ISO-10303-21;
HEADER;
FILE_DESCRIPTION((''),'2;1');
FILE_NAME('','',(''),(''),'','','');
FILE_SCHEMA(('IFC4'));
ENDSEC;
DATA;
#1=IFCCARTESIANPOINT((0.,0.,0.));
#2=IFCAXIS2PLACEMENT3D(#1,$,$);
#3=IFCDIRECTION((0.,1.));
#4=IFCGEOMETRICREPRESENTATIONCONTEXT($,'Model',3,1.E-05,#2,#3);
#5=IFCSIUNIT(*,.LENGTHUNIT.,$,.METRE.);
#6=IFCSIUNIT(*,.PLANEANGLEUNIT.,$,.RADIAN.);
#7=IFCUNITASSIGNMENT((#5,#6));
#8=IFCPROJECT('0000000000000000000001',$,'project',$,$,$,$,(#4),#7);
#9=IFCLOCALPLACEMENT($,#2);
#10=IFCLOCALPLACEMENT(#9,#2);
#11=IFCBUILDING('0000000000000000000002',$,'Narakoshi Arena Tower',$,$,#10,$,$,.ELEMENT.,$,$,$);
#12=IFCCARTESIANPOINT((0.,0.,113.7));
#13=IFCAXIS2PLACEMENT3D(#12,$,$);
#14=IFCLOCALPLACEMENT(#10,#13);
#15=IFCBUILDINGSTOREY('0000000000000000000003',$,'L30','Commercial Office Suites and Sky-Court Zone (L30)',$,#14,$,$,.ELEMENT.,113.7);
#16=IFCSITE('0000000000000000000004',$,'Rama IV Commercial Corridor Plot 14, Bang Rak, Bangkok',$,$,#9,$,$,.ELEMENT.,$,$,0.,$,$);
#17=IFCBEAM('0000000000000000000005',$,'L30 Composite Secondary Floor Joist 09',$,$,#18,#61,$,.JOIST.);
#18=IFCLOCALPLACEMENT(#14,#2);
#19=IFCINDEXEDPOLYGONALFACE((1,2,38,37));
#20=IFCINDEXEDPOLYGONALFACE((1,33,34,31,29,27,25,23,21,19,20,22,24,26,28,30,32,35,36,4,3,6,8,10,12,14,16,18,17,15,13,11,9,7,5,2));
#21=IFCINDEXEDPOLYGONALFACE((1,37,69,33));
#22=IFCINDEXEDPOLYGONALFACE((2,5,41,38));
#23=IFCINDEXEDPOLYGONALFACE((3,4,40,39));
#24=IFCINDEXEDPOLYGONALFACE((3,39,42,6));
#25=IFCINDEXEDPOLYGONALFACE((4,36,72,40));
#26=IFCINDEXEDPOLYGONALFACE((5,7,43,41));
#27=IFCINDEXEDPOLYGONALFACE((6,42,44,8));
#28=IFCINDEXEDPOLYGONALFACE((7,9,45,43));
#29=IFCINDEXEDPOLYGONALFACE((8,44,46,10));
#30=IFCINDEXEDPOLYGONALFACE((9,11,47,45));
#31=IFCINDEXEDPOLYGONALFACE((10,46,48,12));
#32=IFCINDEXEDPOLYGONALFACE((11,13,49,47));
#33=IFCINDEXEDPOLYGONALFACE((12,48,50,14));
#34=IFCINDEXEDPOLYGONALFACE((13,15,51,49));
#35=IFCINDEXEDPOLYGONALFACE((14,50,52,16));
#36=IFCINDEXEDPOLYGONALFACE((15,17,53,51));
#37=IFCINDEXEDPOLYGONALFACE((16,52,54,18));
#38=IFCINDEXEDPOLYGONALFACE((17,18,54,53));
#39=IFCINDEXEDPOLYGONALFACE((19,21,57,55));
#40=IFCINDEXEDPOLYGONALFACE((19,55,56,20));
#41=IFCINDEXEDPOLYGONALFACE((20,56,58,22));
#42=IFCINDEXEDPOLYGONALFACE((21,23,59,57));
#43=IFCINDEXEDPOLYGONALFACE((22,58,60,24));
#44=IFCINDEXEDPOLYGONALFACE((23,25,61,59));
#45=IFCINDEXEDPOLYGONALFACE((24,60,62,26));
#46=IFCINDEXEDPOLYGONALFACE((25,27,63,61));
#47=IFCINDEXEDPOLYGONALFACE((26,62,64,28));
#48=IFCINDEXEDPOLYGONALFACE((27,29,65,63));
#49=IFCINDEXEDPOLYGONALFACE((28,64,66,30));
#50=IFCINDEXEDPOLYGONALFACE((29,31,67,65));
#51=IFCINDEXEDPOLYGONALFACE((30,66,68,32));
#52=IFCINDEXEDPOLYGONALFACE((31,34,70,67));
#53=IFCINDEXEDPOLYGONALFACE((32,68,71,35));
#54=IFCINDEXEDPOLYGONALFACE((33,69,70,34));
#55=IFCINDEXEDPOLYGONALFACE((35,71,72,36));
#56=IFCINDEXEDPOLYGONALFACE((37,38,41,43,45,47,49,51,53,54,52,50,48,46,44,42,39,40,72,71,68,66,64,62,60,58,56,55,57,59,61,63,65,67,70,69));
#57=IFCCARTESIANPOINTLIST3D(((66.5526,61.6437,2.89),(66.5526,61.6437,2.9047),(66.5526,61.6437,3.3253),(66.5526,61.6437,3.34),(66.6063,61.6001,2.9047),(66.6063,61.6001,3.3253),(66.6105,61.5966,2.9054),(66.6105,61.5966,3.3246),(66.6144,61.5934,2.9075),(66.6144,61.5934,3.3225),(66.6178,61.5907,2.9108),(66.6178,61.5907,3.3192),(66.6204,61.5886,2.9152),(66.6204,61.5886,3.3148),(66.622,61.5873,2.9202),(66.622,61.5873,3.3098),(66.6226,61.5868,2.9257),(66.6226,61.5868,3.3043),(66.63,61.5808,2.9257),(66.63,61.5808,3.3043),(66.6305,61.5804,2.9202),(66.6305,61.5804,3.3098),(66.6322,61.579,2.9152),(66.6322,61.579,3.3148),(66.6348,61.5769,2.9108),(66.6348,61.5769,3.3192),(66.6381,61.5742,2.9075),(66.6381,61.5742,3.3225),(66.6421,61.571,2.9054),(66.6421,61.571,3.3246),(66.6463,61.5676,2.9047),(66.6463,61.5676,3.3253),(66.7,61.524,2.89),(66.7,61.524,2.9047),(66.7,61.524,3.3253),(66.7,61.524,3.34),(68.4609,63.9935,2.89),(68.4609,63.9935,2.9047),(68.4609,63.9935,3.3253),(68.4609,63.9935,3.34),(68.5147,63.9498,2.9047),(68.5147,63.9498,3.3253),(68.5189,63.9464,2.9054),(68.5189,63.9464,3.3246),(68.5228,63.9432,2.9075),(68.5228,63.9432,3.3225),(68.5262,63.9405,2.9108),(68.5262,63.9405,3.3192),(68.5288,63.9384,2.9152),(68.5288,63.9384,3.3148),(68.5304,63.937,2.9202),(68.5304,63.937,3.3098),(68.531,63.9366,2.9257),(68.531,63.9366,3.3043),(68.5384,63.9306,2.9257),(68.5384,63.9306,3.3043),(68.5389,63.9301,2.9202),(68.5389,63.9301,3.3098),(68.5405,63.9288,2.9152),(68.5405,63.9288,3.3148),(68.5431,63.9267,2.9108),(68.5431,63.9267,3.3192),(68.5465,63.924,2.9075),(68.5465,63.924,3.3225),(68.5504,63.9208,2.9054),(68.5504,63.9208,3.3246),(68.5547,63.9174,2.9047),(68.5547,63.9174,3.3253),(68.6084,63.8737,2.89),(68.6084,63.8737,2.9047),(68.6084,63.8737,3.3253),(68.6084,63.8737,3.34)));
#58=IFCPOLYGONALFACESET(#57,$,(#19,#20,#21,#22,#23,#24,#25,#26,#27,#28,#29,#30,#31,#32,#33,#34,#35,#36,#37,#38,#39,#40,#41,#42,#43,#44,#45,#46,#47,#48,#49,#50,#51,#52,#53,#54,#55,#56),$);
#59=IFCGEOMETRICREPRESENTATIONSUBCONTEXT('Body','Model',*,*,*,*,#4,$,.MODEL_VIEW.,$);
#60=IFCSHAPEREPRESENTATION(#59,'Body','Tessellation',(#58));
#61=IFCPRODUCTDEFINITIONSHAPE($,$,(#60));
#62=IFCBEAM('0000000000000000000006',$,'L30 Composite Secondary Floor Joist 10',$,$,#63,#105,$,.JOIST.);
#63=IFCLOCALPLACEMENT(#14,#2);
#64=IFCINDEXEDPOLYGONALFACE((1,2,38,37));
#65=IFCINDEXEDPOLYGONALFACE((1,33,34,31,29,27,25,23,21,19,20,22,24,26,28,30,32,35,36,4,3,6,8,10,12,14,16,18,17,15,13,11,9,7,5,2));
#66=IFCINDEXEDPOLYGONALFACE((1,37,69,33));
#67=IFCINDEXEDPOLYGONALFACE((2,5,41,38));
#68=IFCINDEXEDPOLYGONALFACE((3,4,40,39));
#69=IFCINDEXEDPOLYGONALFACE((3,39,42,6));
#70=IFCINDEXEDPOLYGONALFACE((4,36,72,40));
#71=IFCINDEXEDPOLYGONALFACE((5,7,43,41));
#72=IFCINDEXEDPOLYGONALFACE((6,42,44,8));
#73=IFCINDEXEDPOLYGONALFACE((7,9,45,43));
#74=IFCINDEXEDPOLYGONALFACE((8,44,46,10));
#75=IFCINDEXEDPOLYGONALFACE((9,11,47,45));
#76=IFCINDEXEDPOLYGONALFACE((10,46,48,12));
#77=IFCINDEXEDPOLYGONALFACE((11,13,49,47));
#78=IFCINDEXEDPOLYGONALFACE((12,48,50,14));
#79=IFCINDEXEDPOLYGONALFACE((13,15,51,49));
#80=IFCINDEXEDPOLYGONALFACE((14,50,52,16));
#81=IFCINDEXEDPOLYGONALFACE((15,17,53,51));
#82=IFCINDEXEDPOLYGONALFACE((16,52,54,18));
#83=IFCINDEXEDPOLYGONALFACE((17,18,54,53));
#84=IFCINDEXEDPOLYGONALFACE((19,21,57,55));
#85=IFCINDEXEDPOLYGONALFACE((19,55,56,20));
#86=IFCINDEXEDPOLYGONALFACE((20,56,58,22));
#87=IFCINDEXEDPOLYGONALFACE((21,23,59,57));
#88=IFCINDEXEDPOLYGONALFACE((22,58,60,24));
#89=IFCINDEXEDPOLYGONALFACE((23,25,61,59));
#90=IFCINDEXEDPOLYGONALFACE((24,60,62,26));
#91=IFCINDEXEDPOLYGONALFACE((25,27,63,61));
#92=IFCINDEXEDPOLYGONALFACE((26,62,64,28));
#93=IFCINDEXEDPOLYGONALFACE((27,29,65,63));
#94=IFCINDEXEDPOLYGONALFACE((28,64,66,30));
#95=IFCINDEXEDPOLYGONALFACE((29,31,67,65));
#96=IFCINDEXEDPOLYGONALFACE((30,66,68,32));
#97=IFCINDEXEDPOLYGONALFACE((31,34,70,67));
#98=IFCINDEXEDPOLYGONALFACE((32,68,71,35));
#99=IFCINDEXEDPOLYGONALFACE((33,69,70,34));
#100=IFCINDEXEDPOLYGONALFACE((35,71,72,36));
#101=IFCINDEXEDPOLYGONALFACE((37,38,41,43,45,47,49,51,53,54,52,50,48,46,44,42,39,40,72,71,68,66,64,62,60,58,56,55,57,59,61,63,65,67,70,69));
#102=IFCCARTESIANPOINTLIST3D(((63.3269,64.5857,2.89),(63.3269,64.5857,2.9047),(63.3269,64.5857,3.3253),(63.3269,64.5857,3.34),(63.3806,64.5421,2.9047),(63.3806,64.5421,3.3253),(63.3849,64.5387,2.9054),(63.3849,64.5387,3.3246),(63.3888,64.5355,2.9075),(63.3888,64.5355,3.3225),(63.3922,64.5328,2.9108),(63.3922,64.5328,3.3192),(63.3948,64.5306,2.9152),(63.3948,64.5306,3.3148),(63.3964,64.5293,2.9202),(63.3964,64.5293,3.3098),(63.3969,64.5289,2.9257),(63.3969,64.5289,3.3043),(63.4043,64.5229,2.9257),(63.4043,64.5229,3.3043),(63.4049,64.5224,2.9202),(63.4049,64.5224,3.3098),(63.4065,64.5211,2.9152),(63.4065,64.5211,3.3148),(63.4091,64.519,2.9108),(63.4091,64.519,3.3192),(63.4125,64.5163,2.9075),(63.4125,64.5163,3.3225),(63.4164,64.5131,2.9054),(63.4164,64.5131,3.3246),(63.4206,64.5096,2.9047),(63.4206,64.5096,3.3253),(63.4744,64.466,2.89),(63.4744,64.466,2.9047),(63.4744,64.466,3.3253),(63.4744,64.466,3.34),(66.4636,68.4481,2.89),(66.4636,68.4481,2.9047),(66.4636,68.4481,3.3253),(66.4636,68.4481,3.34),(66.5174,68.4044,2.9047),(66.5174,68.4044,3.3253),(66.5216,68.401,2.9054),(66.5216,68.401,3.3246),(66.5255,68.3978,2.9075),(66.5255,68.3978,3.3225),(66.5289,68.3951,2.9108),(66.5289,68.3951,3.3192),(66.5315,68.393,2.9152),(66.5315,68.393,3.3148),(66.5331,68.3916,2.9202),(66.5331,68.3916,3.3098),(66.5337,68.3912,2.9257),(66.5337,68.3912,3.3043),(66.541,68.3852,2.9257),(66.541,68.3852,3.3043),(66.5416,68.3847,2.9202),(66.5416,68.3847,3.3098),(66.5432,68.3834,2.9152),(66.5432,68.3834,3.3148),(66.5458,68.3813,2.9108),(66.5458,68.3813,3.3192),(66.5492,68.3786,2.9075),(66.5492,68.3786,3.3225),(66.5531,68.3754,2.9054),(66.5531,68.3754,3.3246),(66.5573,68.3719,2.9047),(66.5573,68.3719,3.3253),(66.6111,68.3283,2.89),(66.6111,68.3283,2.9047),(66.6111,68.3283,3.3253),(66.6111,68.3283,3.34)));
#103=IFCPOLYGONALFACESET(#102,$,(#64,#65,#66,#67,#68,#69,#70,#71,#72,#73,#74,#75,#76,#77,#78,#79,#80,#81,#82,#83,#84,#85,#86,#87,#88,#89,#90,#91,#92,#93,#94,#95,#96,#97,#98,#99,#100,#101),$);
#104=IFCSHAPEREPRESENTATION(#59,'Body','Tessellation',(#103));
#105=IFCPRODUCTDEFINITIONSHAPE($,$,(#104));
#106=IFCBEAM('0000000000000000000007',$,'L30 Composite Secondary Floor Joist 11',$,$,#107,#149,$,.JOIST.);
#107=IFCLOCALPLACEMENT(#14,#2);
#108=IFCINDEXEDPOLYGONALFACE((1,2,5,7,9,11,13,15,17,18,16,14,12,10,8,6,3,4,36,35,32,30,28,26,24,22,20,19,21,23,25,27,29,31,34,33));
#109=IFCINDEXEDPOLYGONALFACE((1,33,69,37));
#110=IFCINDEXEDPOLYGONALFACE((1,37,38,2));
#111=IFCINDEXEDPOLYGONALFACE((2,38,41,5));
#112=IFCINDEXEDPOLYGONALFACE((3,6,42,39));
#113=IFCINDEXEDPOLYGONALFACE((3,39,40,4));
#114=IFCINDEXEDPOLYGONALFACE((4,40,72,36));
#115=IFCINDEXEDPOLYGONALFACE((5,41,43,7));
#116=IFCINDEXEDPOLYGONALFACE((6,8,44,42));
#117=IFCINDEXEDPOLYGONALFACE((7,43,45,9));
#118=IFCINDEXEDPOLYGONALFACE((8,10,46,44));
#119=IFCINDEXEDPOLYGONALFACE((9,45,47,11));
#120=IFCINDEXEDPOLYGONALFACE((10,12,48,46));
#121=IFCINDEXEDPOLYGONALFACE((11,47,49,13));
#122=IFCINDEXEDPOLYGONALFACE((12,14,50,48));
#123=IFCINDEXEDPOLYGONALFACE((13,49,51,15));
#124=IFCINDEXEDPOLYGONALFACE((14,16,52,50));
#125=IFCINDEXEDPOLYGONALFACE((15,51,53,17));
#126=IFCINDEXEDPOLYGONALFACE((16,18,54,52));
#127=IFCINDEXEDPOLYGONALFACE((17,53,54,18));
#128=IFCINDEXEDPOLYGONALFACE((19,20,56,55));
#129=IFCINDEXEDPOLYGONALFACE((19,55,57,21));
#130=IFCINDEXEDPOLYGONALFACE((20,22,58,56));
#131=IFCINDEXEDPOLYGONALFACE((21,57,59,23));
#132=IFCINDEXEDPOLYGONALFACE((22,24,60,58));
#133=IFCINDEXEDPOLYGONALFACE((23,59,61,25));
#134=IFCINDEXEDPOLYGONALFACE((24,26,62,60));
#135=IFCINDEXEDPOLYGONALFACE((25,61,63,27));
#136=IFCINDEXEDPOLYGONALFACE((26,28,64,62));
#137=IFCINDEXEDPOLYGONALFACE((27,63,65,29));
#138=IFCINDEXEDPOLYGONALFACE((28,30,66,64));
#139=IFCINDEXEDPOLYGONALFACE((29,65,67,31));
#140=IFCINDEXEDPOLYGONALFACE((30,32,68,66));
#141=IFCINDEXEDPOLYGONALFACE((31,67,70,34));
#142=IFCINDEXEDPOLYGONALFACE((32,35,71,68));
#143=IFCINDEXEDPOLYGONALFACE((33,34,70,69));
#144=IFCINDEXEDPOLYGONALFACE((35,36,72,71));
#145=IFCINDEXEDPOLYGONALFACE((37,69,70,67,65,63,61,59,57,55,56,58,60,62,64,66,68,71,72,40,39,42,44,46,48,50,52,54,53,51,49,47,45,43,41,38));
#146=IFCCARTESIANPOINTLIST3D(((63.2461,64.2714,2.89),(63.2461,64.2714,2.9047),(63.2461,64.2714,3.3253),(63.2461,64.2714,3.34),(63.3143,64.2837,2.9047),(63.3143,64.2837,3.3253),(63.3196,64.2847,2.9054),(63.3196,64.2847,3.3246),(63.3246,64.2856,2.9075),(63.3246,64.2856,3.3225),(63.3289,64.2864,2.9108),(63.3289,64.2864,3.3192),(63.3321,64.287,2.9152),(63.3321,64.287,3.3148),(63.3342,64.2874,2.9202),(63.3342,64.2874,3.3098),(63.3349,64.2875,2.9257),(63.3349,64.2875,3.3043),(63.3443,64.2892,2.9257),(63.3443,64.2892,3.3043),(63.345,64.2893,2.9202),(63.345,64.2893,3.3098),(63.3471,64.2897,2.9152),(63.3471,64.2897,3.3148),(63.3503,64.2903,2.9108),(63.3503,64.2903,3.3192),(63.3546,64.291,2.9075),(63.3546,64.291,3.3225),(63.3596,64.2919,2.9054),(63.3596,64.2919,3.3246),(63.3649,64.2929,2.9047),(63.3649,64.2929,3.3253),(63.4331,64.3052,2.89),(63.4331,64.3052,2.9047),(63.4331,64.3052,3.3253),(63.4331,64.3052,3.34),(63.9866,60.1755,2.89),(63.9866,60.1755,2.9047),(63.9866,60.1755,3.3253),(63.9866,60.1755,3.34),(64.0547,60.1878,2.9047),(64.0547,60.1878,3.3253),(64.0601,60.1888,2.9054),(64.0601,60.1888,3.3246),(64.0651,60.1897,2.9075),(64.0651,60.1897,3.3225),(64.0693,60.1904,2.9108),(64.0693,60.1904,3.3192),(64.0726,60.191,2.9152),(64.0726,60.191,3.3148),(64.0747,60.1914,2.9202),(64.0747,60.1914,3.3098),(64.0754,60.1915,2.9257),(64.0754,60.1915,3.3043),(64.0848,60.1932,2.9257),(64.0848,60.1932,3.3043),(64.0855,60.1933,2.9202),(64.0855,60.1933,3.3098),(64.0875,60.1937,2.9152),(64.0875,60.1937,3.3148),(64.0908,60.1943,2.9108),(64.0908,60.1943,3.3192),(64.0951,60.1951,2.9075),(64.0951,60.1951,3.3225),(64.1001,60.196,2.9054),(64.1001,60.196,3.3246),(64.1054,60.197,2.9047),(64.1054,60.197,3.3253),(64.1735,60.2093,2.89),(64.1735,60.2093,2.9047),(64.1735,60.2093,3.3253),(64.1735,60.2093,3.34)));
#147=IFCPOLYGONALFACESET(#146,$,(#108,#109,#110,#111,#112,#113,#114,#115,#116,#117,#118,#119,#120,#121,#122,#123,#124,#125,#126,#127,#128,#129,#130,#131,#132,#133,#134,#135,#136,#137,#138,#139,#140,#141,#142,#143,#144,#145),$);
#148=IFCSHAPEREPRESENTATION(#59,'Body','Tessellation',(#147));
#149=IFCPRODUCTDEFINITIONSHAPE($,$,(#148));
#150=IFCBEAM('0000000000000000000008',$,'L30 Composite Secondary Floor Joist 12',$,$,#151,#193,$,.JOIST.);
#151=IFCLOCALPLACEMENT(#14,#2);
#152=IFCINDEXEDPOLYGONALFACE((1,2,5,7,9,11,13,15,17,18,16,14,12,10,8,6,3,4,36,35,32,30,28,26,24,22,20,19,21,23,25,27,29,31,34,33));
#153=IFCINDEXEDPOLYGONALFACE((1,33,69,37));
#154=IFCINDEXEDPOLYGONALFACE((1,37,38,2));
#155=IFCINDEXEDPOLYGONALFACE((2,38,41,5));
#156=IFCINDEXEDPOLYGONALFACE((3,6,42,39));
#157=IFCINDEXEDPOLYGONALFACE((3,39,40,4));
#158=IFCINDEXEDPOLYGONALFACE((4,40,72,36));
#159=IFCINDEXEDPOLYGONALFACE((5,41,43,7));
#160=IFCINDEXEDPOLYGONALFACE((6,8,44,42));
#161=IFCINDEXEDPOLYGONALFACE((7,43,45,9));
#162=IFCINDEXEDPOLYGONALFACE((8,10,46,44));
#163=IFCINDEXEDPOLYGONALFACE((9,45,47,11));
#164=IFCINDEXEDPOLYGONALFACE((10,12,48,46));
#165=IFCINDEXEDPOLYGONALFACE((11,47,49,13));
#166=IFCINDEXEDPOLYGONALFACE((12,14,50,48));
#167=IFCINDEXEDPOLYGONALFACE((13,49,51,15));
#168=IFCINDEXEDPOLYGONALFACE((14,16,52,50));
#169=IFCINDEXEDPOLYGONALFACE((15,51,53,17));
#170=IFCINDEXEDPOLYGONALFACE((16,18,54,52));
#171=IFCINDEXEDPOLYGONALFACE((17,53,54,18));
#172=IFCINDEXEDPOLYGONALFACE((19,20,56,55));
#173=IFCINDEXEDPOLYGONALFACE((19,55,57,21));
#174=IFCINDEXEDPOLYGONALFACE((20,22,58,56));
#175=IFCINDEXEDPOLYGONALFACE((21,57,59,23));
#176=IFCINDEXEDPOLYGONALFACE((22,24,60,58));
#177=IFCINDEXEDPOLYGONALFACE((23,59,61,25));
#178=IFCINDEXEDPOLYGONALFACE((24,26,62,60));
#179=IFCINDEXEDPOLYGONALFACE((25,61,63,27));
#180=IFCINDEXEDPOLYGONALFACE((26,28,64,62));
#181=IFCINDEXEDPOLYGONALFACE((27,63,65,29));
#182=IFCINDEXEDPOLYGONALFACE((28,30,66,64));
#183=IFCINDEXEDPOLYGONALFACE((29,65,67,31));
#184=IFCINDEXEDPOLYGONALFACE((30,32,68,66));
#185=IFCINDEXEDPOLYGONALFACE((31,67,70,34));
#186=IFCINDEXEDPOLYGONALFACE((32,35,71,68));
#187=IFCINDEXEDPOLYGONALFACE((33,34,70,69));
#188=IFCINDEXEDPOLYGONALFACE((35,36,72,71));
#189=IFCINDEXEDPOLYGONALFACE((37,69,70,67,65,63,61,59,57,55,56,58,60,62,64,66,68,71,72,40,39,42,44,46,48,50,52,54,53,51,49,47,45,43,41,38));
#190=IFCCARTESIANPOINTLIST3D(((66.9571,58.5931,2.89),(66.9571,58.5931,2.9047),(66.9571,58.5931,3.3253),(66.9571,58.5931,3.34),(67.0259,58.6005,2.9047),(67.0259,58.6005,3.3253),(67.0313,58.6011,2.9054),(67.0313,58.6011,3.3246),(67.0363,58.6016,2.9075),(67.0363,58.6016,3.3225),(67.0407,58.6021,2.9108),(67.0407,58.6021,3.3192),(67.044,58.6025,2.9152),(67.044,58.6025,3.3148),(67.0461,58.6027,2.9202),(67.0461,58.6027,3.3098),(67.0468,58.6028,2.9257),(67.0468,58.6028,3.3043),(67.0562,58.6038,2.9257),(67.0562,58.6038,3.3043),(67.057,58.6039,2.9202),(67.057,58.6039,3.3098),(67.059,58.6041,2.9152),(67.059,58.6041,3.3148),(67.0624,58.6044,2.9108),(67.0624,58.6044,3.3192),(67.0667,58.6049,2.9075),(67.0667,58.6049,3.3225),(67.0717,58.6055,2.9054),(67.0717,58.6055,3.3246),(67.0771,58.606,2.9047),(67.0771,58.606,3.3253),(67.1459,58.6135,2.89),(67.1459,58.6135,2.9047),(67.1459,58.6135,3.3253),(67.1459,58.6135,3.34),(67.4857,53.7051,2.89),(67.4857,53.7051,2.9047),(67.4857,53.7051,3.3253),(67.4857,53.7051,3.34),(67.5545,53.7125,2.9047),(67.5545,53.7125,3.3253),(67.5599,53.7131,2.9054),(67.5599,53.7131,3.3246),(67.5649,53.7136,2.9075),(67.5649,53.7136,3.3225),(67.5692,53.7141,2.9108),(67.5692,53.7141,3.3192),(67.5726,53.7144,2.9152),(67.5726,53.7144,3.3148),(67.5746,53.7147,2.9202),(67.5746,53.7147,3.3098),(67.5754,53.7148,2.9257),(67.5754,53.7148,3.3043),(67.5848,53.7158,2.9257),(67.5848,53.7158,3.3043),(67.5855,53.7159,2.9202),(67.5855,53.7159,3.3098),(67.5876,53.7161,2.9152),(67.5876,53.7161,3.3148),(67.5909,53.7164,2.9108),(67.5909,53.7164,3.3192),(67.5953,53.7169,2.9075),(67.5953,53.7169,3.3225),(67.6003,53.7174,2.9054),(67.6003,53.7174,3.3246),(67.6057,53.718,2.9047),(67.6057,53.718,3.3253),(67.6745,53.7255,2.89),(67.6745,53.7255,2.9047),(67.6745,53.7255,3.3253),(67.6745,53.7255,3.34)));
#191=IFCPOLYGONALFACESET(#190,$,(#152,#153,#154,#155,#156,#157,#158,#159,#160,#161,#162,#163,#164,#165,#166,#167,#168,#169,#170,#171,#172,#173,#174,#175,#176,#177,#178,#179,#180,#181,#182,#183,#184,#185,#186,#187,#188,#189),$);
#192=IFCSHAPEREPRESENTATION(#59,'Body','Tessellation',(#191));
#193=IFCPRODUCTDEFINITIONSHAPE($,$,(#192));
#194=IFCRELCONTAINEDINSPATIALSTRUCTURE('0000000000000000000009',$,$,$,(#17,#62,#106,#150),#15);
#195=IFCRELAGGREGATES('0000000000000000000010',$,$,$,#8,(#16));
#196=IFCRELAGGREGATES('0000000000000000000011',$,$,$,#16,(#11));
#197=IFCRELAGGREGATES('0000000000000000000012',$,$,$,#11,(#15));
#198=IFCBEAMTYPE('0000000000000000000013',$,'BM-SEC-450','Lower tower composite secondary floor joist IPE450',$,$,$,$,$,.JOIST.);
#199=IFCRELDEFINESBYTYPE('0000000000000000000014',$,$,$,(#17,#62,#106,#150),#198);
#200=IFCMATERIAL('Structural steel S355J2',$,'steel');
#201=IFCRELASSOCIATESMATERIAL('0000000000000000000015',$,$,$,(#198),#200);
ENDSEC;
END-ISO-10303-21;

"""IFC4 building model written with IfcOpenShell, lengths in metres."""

from ifc_helpers import new_model, si_unit, direction, frame, origin, origin_2d, place, context, subcontext, project, spatial, i_section, extrude, material, material_profile, profile_set, type_object, element, save


model = new_model("IFC4")

# Units and contexts
model_context = context("Model", 3, precision=1e-05, world=origin(), true_north=direction((0.0, 1.0)))
body_context = subcontext(model_context, "Body", "Model", "MODEL_VIEW")
ifc_project = project(units=[si_unit("LENGTHUNIT", "METRE"), si_unit("PLANEANGLEUNIT", "RADIAN")], contexts=[model_context])

# Site, building, storey
site_placement = place(None, origin())
site = spatial("IfcSite", under=ifc_project, at=site_placement, Name="Rama IV Commercial Corridor Plot 14, Bang Rak, Bangkok", CompositionType="ELEMENT", RefElevation=0.0)
building_placement = place(site_placement, origin())
building = spatial("IfcBuilding", under=site, at=building_placement, Name="Narakoshi Arena Tower", CompositionType="ELEMENT")
storey_placement = place(building_placement, frame((0.0, 0.0, 113.7)))
storey = spatial("IfcBuildingStorey", under=building, at=storey_placement, Name="L30", Description="Commercial Office Suites and Sky-Court Zone (L30)", CompositionType="ELEMENT", Elevation=113.7)

# Beams
ifc_material_1 = material(Name="Structural steel S355J2", Category="steel")
ifc_material_profile_1 = material_profile(ifc_material_1, i_section(OverallWidth=0.1899, OverallDepth=0.45, WebThickness=0.0095, FlangeThickness=0.0146, FilletRadius=0.021, at=origin_2d()), Name="IPE450")
ifc_profile_set_1 = profile_set([ifc_material_profile_1], Name="Structural steel S355J2")
beam_type_1 = type_object("IfcBeamType", Name="BM-SEC-450", Description="Lower tower composite secondary floor joist IPE450", PredefinedType="JOIST", material=ifc_profile_set_1)
beam_1_placement = place(storey_placement, frame((68.5347, 63.9336, 3.115), z_axis=(-0.630432, -0.776245, 0.0), x_axis=(0.776245, -0.630432, 0.0)))
element("IfcBeam", 1, at=beam_1_placement, inside=storey, type_object=beam_type_1, Name="L30 Composite Secondary Floor Joist 09", PredefinedType="JOIST", context=body_context, shape_type="SweptSolid", body=[
    extrude(i_section(OverallWidth=0.1899, OverallDepth=0.45, WebThickness=0.0095, FlangeThickness=0.0146, FilletRadius=0.021, at=origin_2d()), origin(), (0.0, 0.0, 1.0), 3.0271),
])
beam_2_placement = place(storey_placement, frame((66.5374, 68.3882, 3.115), z_axis=(-0.630423, -0.776252, 0.0), x_axis=(0.776252, -0.630423, 0.0)))
element("IfcBeam", 2, at=beam_2_placement, inside=storey, type_object=beam_type_1, Name="L30 Composite Secondary Floor Joist 10", PredefinedType="JOIST", context=body_context, shape_type="SweptSolid", body=[
    extrude(i_section(OverallWidth=0.1899, OverallDepth=0.45, WebThickness=0.0095, FlangeThickness=0.0146, FilletRadius=0.021, at=origin_2d()), origin(), (0.0, 0.0, 1.0), 4.9756),
])
beam_3_placement = place(storey_placement, frame((63.3396, 64.2883, 3.115), z_axis=(0.177899, -0.984049, 0.0), x_axis=(0.984049, 0.177899, 0.0)))
element("IfcBeam", 3, at=beam_3_placement, inside=storey, type_object=beam_type_1, Name="L30 Composite Secondary Floor Joist 11", PredefinedType="JOIST", context=body_context, shape_type="SweptSolid", body=[
    extrude(i_section(OverallWidth=0.1899, OverallDepth=0.45, WebThickness=0.0095, FlangeThickness=0.0146, FilletRadius=0.021, at=origin_2d()), origin(), (0.0, 0.0, 1.0), 4.1624),
])
beam_4_placement = place(storey_placement, frame((67.0515, 58.6033, 3.115), z_axis=(0.10751, -0.994204, 0.0), x_axis=(0.994204, 0.10751, 0.0)))
element("IfcBeam", 4, at=beam_4_placement, inside=storey, type_object=beam_type_1, Name="L30 Composite Secondary Floor Joist 12", PredefinedType="JOIST", context=body_context, shape_type="SweptSolid", body=[
    extrude(i_section(OverallWidth=0.1899, OverallDepth=0.45, WebThickness=0.0095, FlangeThickness=0.0146, FilletRadius=0.021, at=origin_2d()), origin(), (0.0, 0.0, 1.0), 4.9165),
])

save(model, "model.ifc")
